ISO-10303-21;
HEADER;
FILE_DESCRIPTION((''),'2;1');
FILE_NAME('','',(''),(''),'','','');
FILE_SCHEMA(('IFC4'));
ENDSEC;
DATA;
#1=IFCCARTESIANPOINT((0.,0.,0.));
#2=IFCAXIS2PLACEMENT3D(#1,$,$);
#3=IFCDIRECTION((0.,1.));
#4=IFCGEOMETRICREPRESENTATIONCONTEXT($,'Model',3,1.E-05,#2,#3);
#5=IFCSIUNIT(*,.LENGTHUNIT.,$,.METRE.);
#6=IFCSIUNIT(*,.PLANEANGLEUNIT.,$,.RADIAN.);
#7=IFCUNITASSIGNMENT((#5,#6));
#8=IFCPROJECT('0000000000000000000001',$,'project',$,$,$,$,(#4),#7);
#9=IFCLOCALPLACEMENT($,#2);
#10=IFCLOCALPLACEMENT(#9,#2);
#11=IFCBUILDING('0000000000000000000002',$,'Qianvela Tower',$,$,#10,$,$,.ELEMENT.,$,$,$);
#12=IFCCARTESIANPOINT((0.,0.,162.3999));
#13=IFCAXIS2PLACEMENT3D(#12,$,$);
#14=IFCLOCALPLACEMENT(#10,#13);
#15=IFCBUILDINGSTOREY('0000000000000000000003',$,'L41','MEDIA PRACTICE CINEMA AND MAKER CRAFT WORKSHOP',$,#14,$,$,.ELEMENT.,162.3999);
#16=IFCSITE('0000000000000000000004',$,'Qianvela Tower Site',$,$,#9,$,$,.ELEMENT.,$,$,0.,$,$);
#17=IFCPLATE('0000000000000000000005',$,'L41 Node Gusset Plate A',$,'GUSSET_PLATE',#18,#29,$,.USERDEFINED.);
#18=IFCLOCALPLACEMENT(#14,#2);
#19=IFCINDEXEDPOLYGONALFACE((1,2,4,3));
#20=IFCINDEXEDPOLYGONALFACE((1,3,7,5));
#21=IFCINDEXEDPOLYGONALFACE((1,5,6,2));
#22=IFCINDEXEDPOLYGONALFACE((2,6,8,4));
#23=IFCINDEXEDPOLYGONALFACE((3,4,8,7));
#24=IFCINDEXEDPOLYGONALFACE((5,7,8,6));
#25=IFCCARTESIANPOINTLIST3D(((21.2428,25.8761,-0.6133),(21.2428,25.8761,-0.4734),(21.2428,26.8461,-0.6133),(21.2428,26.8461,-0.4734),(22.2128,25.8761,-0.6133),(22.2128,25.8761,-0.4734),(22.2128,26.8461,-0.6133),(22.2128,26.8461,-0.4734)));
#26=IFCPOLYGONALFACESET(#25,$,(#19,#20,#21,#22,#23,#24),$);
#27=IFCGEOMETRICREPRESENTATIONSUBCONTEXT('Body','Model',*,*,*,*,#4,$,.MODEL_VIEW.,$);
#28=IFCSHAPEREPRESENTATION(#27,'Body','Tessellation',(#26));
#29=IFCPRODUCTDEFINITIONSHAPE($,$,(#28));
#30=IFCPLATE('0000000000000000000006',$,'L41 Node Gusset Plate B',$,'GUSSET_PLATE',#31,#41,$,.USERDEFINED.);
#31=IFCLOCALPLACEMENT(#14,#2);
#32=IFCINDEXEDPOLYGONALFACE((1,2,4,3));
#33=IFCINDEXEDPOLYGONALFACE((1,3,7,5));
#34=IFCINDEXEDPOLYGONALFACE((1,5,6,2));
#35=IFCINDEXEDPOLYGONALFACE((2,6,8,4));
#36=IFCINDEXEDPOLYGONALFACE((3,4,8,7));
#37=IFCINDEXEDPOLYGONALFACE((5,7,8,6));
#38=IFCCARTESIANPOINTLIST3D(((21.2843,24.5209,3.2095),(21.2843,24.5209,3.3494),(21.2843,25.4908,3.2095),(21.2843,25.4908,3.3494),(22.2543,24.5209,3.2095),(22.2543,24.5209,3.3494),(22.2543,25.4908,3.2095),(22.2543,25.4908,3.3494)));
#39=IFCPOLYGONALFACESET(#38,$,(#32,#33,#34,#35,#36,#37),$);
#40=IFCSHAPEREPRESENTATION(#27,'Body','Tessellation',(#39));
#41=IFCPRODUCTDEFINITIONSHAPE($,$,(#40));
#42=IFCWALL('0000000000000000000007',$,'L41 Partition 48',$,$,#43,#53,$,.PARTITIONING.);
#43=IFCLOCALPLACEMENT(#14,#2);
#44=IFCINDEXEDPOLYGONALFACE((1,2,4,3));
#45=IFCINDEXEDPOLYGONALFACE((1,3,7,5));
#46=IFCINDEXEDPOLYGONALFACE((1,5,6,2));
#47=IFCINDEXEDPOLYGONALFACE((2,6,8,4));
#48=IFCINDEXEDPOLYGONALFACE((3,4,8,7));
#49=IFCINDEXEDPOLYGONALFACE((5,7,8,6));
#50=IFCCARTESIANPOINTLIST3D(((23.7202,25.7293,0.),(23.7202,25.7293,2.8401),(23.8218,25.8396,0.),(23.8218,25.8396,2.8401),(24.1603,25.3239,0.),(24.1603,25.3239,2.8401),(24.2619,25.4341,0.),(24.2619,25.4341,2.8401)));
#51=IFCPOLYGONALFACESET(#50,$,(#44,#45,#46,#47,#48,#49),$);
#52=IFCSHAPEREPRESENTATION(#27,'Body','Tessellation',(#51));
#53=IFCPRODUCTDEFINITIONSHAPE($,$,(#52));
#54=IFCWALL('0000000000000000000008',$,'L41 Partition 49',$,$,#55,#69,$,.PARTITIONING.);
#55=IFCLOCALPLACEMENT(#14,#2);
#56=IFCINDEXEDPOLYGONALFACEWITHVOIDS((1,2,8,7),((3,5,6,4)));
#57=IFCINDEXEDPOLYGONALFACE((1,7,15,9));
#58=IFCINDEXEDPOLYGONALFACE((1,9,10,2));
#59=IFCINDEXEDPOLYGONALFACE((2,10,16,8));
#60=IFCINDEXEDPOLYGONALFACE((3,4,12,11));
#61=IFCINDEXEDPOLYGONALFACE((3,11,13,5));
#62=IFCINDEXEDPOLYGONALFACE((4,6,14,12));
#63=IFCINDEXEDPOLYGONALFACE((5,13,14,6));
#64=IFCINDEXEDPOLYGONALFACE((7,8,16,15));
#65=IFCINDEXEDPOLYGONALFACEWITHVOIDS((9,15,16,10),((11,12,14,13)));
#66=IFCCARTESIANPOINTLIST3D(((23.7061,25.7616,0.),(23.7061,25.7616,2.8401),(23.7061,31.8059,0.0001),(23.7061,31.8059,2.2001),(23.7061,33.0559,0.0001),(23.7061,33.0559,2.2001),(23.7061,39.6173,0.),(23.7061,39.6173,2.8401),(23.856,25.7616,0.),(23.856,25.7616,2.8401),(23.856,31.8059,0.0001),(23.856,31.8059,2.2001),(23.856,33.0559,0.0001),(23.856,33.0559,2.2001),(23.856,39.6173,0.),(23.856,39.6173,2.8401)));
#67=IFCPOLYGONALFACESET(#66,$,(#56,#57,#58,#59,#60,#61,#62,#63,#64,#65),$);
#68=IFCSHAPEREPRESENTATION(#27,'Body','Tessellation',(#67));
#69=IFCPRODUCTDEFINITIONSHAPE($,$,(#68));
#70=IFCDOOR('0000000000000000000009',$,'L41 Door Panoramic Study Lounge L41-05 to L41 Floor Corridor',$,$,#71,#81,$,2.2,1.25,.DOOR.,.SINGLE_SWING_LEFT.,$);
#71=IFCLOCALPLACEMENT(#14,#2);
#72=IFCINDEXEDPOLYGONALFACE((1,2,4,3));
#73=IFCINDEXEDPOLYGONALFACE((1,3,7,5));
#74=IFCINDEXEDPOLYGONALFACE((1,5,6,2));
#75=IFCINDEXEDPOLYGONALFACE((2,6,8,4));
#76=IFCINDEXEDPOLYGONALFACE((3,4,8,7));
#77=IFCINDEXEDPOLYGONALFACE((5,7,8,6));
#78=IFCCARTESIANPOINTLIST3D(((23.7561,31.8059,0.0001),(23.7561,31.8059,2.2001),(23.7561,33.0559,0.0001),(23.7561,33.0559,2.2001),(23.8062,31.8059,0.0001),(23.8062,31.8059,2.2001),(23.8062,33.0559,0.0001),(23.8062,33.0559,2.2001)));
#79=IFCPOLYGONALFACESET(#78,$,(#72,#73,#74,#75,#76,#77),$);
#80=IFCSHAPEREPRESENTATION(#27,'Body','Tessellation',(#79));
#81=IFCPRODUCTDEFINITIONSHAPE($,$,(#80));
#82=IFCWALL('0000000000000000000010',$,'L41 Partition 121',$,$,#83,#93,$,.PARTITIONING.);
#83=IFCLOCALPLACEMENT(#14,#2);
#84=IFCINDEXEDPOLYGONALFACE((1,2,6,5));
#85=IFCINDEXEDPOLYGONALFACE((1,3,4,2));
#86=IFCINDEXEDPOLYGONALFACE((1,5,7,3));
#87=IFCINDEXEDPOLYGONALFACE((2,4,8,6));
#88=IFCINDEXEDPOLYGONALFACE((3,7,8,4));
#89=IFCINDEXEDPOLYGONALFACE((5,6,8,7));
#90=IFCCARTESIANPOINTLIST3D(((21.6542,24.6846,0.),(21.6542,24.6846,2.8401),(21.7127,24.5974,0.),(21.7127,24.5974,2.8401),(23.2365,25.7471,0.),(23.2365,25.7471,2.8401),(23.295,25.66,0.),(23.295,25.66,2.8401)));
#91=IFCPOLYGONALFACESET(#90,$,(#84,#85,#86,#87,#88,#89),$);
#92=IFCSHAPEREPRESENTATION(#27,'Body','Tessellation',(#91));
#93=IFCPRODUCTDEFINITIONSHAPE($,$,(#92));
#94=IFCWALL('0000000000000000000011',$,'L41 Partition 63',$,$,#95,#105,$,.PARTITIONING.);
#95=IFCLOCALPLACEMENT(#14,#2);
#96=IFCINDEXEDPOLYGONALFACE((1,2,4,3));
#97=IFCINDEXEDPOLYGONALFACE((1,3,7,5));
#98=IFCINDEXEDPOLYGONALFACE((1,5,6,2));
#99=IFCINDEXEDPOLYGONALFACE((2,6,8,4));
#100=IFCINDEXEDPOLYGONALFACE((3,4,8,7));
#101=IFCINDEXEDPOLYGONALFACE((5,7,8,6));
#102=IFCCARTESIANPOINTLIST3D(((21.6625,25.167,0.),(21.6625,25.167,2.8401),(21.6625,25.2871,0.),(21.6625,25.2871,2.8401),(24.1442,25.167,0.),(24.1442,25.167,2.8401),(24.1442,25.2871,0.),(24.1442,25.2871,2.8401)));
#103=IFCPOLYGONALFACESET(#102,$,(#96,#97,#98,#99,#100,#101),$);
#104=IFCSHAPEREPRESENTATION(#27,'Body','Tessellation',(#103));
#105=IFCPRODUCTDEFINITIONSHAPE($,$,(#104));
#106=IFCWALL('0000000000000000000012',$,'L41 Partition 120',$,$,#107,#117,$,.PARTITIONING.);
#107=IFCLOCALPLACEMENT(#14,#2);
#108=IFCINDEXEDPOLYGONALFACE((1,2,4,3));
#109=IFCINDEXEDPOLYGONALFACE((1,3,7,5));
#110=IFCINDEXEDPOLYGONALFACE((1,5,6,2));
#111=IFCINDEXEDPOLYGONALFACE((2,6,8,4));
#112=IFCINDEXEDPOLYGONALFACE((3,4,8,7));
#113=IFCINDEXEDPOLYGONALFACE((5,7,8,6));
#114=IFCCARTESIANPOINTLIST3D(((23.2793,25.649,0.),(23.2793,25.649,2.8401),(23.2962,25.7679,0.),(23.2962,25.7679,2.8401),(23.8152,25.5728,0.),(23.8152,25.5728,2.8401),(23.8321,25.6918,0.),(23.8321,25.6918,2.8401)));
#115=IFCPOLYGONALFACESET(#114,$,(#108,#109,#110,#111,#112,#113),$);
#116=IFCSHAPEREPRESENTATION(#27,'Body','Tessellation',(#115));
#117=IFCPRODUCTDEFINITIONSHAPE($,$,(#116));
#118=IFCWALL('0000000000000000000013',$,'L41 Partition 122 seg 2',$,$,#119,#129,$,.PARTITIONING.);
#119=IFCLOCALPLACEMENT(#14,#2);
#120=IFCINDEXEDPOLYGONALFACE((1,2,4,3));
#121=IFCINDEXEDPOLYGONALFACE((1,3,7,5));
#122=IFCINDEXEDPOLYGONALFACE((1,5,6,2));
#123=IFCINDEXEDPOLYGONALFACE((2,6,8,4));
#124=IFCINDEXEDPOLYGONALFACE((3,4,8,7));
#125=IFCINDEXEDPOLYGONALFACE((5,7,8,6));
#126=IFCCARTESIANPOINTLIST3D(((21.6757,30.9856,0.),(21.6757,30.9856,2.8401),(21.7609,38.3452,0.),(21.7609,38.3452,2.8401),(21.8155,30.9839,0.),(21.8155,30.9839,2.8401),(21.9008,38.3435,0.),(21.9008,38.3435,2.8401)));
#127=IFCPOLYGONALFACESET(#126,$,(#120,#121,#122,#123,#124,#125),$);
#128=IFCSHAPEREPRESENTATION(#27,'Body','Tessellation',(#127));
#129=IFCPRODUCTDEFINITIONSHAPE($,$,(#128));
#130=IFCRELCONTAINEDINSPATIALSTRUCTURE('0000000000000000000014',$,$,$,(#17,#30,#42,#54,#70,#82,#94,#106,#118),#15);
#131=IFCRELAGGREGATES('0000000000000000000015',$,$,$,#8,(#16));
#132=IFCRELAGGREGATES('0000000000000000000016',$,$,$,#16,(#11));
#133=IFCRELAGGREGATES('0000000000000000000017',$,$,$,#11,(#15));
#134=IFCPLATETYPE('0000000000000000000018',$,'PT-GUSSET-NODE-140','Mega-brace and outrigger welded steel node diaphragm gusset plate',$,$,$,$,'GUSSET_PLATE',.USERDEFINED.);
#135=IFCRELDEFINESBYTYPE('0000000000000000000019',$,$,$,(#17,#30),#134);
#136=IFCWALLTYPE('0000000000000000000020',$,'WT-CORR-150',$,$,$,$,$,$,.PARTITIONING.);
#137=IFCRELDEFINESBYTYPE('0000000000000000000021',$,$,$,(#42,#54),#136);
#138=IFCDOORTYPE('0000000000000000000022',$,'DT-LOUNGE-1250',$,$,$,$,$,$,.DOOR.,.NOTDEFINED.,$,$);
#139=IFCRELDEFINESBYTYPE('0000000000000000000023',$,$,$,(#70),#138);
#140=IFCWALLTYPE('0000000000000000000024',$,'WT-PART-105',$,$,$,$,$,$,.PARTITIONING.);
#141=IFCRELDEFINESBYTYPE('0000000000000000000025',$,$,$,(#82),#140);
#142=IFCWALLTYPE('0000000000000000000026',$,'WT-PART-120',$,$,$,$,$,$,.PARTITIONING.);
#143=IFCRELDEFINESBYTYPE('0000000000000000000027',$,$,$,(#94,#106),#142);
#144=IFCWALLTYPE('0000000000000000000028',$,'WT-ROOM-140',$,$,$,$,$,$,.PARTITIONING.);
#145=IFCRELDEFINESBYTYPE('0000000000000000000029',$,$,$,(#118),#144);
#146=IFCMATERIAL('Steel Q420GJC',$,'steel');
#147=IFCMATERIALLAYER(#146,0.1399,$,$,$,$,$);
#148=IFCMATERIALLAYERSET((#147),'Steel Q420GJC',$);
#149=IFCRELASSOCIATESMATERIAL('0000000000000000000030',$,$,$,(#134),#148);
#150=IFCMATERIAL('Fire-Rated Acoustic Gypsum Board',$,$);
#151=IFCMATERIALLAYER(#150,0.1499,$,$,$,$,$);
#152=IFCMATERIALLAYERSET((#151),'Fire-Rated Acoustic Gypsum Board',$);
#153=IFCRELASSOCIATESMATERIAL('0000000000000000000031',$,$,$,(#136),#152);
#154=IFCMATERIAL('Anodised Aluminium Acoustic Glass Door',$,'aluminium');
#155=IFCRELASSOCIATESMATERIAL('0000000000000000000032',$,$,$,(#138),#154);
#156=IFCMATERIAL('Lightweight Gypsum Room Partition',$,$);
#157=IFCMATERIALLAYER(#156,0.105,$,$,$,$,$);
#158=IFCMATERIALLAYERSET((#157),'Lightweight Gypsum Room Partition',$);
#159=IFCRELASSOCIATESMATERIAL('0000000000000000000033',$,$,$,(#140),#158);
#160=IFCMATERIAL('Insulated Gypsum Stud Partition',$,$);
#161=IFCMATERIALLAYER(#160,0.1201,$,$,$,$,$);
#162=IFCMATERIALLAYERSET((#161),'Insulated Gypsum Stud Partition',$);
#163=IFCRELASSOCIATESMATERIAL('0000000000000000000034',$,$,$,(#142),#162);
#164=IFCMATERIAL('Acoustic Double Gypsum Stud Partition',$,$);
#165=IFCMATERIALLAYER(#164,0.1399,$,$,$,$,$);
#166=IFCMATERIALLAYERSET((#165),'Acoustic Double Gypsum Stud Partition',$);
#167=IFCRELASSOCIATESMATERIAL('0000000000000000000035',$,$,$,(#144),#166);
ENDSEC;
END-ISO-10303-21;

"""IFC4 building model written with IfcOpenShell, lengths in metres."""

from ifc_helpers import new_model, si_unit, direction, frame, frame_2d, origin, origin_2d, place, context, subcontext, project, spatial, rectangle, extrude, material, layer, layer_set, type_object, element, fill, save


model = new_model("IFC4")

# Units and contexts
model_context = context("Model", 3, precision=1e-05, world=origin(), true_north=direction((0.0, 1.0)))
body_context = subcontext(model_context, "Body", "Model", "MODEL_VIEW")
ifc_project = project(units=[si_unit("LENGTHUNIT", "METRE"), si_unit("PLANEANGLEUNIT", "RADIAN")], contexts=[model_context])

# Site, building, storey
site_placement = place(None, origin())
site = spatial("IfcSite", under=ifc_project, at=site_placement, Name="Qianvela Tower Site", CompositionType="ELEMENT", RefElevation=0.0)
building_placement = place(site_placement, origin())
building = spatial("IfcBuilding", under=site, at=building_placement, Name="Qianvela Tower", CompositionType="ELEMENT")
storey_placement = place(building_placement, frame((0.0, 0.0, 162.3999)))
storey = spatial("IfcBuildingStorey", under=building, at=storey_placement, Name="L41", Description="MEDIA PRACTICE CINEMA AND MAKER CRAFT WORKSHOP", CompositionType="ELEMENT", Elevation=162.3999)

# Plates
ifc_material_1 = material(Name="Steel Q420GJC", Category="steel")
ifc_layer_1 = layer(ifc_material_1, 0.1399)
ifc_layer_set_1 = layer_set([ifc_layer_1], Name="Steel Q420GJC")
plate_type_1 = type_object("IfcPlateType", Name="PT-GUSSET-NODE-140", Description="Mega-brace and outrigger welded steel node diaphragm gusset plate", ElementType="GUSSET_PLATE", PredefinedType="USERDEFINED", material=ifc_layer_set_1)
for number, where, z_axis, x_axis, name in (
    (1, (21.7278, 26.3611, -0.6133), (0.0, 0.0, 1.0), (1.0, 0.0, 0.0), "L41 Node Gusset Plate A"),
    (2, (21.7693, 25.0059, 3.2095), (0.0, 0.0, 1.0), (1.0, 0.0, 0.0), "L41 Node Gusset Plate B"),
):
    element("IfcPlate", number, at=place(storey_placement, frame(where, z_axis=z_axis, x_axis=x_axis)), inside=storey, type_object=plate_type_1, Name=name, ObjectType="GUSSET_PLATE", PredefinedType="USERDEFINED", context=body_context, shape_type="SweptSolid", body=[
        extrude(rectangle(XDim=0.97, YDim=0.97, at=origin_2d()), origin(), (0.0, 0.0, 1.0), 0.1399),
    ])

# Wall
ifc_material_2 = material(Name="Fire-Rated Acoustic Gypsum Board")
ifc_layer_2 = layer(ifc_material_2, 0.1499)
ifc_layer_set_2 = layer_set([ifc_layer_2], Name="Fire-Rated Acoustic Gypsum Board")
wall_type_1 = type_object("IfcWallType", Name="WT-CORR-150", PredefinedType="PARTITIONING", material=ifc_layer_set_2)
wall_1_placement = place(storey_placement, frame((24.2112, 25.3789, 0.0), z_axis=(0.0, 0.0, 1.0), x_axis=(-0.735476, 0.677551, 0.0)))
element("IfcWall", 3, at=wall_1_placement, inside=storey, type_object=wall_type_1, Name="L41 Partition 48", PredefinedType="PARTITIONING", context=body_context, shape_type="SweptSolid", body=[
    extrude(rectangle(XDim=0.5984, YDim=0.1499, at=frame_2d((0.2993, 0.0))), origin(), (0.0, 0.0, 1.0), 2.8401),
])

# Wall, opening, door
wall_2_placement = place(storey_placement, frame((23.781, 25.7617, 0.0), z_axis=(0.0, 0.0, 1.0), x_axis=(0.0, 1.0, 0.0)))
wall_2 = element("IfcWall", 4, at=wall_2_placement, inside=storey, type_object=wall_type_1, Name="L41 Partition 49", PredefinedType="PARTITIONING", context=body_context, shape_type="SweptSolid", body=[
    extrude(rectangle(XDim=13.8557, YDim=0.1499, at=frame_2d((6.9277, 0.0))), origin(), (0.0, 0.0, 1.0), 2.8401),
])
opening_placement = place(wall_2_placement, frame((6.0442, 0.0, 0.0)))
opening = element("IfcOpeningElement", 5, at=opening_placement, cuts=wall_2, PredefinedType="OPENING", context=body_context, shape_type="SweptSolid", body=[
    extrude(rectangle(XDim=1.25, YDim=2.2, at=frame_2d((0.625, 1.1001))), frame((0.0, 0.085, 0.0), z_axis=(0.0, -1.0, 0.0), x_axis=(1.0, 0.0, 0.0)), (0.0, 0.0, 1.0), 0.1699),
])
ifc_material_3 = material(Name="Anodised Aluminium Acoustic Glass Door", Category="aluminium")
door_type = type_object("IfcDoorType", Name="DT-LOUNGE-1250", OperationType="NOTDEFINED", PredefinedType="DOOR", material=ifc_material_3)
door_placement = place(opening_placement, origin())
door = element("IfcDoor", 6, at=door_placement, inside=storey, type_object=door_type, Name="L41 Door Panoramic Study Lounge L41-05 to L41 Floor Corridor", OperationType="SINGLE_SWING_LEFT", OverallHeight=2.2, OverallWidth=1.25, PredefinedType="DOOR", context=body_context, shape_type="SweptSolid", body=[
    extrude(rectangle(XDim=1.25, YDim=2.2, at=frame_2d((0.625, 1.1001))), frame((0.0, 0.0249, 0.0), z_axis=(0.0, -1.0, 0.0), x_axis=(1.0, 0.0, 0.0)), (0.0, 0.0, 1.0), 0.05),
])
fill(opening, door)

# Walls
ifc_material_4 = material(Name="Lightweight Gypsum Room Partition")
ifc_layer_3 = layer(ifc_material_4, 0.105)
ifc_layer_set_3 = layer_set([ifc_layer_3], Name="Lightweight Gypsum Room Partition")
wall_type_2 = type_object("IfcWallType", Name="WT-PART-105", PredefinedType="PARTITIONING", material=ifc_layer_set_3)
wall_3_placement = place(storey_placement, frame((23.2659, 25.7036, 0.0), z_axis=(0.0, 0.0, 1.0), x_axis=(-0.830193, -0.557476, 0.0)))
element("IfcWall", 7, at=wall_3_placement, inside=storey, type_object=wall_type_2, Name="L41 Partition 121", PredefinedType="PARTITIONING", context=body_context, shape_type="SweptSolid", body=[
    extrude(rectangle(XDim=1.906, YDim=0.105, at=frame_2d((0.9531, 0.0))), origin(), (0.0, 0.0, 1.0), 2.8401),
])
ifc_material_5 = material(Name="Insulated Gypsum Stud Partition")
ifc_layer_4 = layer(ifc_material_5, 0.1201)
ifc_layer_set_4 = layer_set([ifc_layer_4], Name="Insulated Gypsum Stud Partition")
wall_type_3 = type_object("IfcWallType", Name="WT-PART-120", PredefinedType="PARTITIONING", material=ifc_layer_set_4)
wall_4_placement = place(storey_placement, frame((21.6626, 25.2271, 0.0), z_axis=(0.0, 0.0, 1.0), x_axis=(1.0, 0.0, 0.0)))
element("IfcWall", 8, at=wall_4_placement, inside=storey, type_object=wall_type_3, Name="L41 Partition 63", PredefinedType="PARTITIONING", context=body_context, shape_type="SweptSolid", body=[
    extrude(rectangle(XDim=2.4817, YDim=0.1201, at=frame_2d((1.2407, 0.0))), origin(), (0.0, 0.0, 1.0), 2.8401),
])
wall_5_placement = place(storey_placement, frame((23.8235, 25.6323, 0.0), z_axis=(0.0, 0.0, 1.0), x_axis=(-0.990048, 0.140727, 0.0)))
element("IfcWall", 9, at=wall_5_placement, inside=storey, type_object=wall_type_3, Name="L41 Partition 120", PredefinedType="PARTITIONING", context=body_context, shape_type="SweptSolid", body=[
    extrude(rectangle(XDim=0.5413, YDim=0.1201, at=frame_2d((0.2705, 0.0))), origin(), (0.0, 0.0, 1.0), 2.8401),
])
ifc_material_6 = material(Name="Acoustic Double Gypsum Stud Partition")
ifc_layer_5 = layer(ifc_material_6, 0.1399)
ifc_layer_set_5 = layer_set([ifc_layer_5], Name="Acoustic Double Gypsum Stud Partition")
wall_type_4 = type_object("IfcWallType", Name="WT-ROOM-140", PredefinedType="PARTITIONING", material=ifc_layer_set_5)
wall_6_placement = place(storey_placement, frame((21.7456, 30.9846, 0.0), z_axis=(0.0, 0.0, 1.0), x_axis=(0.011577, 0.999933, 0.0)))
element("IfcWall", 10, at=wall_6_placement, inside=storey, type_object=wall_type_4, Name="L41 Partition 122 seg 2", PredefinedType="PARTITIONING", context=body_context, shape_type="SweptSolid", body=[
    extrude(rectangle(XDim=7.3601, YDim=0.1399, at=frame_2d((3.6802, 0.0))), origin(), (0.0, 0.0, 1.0), 2.8401),
])

save(model, "model.ifc")
